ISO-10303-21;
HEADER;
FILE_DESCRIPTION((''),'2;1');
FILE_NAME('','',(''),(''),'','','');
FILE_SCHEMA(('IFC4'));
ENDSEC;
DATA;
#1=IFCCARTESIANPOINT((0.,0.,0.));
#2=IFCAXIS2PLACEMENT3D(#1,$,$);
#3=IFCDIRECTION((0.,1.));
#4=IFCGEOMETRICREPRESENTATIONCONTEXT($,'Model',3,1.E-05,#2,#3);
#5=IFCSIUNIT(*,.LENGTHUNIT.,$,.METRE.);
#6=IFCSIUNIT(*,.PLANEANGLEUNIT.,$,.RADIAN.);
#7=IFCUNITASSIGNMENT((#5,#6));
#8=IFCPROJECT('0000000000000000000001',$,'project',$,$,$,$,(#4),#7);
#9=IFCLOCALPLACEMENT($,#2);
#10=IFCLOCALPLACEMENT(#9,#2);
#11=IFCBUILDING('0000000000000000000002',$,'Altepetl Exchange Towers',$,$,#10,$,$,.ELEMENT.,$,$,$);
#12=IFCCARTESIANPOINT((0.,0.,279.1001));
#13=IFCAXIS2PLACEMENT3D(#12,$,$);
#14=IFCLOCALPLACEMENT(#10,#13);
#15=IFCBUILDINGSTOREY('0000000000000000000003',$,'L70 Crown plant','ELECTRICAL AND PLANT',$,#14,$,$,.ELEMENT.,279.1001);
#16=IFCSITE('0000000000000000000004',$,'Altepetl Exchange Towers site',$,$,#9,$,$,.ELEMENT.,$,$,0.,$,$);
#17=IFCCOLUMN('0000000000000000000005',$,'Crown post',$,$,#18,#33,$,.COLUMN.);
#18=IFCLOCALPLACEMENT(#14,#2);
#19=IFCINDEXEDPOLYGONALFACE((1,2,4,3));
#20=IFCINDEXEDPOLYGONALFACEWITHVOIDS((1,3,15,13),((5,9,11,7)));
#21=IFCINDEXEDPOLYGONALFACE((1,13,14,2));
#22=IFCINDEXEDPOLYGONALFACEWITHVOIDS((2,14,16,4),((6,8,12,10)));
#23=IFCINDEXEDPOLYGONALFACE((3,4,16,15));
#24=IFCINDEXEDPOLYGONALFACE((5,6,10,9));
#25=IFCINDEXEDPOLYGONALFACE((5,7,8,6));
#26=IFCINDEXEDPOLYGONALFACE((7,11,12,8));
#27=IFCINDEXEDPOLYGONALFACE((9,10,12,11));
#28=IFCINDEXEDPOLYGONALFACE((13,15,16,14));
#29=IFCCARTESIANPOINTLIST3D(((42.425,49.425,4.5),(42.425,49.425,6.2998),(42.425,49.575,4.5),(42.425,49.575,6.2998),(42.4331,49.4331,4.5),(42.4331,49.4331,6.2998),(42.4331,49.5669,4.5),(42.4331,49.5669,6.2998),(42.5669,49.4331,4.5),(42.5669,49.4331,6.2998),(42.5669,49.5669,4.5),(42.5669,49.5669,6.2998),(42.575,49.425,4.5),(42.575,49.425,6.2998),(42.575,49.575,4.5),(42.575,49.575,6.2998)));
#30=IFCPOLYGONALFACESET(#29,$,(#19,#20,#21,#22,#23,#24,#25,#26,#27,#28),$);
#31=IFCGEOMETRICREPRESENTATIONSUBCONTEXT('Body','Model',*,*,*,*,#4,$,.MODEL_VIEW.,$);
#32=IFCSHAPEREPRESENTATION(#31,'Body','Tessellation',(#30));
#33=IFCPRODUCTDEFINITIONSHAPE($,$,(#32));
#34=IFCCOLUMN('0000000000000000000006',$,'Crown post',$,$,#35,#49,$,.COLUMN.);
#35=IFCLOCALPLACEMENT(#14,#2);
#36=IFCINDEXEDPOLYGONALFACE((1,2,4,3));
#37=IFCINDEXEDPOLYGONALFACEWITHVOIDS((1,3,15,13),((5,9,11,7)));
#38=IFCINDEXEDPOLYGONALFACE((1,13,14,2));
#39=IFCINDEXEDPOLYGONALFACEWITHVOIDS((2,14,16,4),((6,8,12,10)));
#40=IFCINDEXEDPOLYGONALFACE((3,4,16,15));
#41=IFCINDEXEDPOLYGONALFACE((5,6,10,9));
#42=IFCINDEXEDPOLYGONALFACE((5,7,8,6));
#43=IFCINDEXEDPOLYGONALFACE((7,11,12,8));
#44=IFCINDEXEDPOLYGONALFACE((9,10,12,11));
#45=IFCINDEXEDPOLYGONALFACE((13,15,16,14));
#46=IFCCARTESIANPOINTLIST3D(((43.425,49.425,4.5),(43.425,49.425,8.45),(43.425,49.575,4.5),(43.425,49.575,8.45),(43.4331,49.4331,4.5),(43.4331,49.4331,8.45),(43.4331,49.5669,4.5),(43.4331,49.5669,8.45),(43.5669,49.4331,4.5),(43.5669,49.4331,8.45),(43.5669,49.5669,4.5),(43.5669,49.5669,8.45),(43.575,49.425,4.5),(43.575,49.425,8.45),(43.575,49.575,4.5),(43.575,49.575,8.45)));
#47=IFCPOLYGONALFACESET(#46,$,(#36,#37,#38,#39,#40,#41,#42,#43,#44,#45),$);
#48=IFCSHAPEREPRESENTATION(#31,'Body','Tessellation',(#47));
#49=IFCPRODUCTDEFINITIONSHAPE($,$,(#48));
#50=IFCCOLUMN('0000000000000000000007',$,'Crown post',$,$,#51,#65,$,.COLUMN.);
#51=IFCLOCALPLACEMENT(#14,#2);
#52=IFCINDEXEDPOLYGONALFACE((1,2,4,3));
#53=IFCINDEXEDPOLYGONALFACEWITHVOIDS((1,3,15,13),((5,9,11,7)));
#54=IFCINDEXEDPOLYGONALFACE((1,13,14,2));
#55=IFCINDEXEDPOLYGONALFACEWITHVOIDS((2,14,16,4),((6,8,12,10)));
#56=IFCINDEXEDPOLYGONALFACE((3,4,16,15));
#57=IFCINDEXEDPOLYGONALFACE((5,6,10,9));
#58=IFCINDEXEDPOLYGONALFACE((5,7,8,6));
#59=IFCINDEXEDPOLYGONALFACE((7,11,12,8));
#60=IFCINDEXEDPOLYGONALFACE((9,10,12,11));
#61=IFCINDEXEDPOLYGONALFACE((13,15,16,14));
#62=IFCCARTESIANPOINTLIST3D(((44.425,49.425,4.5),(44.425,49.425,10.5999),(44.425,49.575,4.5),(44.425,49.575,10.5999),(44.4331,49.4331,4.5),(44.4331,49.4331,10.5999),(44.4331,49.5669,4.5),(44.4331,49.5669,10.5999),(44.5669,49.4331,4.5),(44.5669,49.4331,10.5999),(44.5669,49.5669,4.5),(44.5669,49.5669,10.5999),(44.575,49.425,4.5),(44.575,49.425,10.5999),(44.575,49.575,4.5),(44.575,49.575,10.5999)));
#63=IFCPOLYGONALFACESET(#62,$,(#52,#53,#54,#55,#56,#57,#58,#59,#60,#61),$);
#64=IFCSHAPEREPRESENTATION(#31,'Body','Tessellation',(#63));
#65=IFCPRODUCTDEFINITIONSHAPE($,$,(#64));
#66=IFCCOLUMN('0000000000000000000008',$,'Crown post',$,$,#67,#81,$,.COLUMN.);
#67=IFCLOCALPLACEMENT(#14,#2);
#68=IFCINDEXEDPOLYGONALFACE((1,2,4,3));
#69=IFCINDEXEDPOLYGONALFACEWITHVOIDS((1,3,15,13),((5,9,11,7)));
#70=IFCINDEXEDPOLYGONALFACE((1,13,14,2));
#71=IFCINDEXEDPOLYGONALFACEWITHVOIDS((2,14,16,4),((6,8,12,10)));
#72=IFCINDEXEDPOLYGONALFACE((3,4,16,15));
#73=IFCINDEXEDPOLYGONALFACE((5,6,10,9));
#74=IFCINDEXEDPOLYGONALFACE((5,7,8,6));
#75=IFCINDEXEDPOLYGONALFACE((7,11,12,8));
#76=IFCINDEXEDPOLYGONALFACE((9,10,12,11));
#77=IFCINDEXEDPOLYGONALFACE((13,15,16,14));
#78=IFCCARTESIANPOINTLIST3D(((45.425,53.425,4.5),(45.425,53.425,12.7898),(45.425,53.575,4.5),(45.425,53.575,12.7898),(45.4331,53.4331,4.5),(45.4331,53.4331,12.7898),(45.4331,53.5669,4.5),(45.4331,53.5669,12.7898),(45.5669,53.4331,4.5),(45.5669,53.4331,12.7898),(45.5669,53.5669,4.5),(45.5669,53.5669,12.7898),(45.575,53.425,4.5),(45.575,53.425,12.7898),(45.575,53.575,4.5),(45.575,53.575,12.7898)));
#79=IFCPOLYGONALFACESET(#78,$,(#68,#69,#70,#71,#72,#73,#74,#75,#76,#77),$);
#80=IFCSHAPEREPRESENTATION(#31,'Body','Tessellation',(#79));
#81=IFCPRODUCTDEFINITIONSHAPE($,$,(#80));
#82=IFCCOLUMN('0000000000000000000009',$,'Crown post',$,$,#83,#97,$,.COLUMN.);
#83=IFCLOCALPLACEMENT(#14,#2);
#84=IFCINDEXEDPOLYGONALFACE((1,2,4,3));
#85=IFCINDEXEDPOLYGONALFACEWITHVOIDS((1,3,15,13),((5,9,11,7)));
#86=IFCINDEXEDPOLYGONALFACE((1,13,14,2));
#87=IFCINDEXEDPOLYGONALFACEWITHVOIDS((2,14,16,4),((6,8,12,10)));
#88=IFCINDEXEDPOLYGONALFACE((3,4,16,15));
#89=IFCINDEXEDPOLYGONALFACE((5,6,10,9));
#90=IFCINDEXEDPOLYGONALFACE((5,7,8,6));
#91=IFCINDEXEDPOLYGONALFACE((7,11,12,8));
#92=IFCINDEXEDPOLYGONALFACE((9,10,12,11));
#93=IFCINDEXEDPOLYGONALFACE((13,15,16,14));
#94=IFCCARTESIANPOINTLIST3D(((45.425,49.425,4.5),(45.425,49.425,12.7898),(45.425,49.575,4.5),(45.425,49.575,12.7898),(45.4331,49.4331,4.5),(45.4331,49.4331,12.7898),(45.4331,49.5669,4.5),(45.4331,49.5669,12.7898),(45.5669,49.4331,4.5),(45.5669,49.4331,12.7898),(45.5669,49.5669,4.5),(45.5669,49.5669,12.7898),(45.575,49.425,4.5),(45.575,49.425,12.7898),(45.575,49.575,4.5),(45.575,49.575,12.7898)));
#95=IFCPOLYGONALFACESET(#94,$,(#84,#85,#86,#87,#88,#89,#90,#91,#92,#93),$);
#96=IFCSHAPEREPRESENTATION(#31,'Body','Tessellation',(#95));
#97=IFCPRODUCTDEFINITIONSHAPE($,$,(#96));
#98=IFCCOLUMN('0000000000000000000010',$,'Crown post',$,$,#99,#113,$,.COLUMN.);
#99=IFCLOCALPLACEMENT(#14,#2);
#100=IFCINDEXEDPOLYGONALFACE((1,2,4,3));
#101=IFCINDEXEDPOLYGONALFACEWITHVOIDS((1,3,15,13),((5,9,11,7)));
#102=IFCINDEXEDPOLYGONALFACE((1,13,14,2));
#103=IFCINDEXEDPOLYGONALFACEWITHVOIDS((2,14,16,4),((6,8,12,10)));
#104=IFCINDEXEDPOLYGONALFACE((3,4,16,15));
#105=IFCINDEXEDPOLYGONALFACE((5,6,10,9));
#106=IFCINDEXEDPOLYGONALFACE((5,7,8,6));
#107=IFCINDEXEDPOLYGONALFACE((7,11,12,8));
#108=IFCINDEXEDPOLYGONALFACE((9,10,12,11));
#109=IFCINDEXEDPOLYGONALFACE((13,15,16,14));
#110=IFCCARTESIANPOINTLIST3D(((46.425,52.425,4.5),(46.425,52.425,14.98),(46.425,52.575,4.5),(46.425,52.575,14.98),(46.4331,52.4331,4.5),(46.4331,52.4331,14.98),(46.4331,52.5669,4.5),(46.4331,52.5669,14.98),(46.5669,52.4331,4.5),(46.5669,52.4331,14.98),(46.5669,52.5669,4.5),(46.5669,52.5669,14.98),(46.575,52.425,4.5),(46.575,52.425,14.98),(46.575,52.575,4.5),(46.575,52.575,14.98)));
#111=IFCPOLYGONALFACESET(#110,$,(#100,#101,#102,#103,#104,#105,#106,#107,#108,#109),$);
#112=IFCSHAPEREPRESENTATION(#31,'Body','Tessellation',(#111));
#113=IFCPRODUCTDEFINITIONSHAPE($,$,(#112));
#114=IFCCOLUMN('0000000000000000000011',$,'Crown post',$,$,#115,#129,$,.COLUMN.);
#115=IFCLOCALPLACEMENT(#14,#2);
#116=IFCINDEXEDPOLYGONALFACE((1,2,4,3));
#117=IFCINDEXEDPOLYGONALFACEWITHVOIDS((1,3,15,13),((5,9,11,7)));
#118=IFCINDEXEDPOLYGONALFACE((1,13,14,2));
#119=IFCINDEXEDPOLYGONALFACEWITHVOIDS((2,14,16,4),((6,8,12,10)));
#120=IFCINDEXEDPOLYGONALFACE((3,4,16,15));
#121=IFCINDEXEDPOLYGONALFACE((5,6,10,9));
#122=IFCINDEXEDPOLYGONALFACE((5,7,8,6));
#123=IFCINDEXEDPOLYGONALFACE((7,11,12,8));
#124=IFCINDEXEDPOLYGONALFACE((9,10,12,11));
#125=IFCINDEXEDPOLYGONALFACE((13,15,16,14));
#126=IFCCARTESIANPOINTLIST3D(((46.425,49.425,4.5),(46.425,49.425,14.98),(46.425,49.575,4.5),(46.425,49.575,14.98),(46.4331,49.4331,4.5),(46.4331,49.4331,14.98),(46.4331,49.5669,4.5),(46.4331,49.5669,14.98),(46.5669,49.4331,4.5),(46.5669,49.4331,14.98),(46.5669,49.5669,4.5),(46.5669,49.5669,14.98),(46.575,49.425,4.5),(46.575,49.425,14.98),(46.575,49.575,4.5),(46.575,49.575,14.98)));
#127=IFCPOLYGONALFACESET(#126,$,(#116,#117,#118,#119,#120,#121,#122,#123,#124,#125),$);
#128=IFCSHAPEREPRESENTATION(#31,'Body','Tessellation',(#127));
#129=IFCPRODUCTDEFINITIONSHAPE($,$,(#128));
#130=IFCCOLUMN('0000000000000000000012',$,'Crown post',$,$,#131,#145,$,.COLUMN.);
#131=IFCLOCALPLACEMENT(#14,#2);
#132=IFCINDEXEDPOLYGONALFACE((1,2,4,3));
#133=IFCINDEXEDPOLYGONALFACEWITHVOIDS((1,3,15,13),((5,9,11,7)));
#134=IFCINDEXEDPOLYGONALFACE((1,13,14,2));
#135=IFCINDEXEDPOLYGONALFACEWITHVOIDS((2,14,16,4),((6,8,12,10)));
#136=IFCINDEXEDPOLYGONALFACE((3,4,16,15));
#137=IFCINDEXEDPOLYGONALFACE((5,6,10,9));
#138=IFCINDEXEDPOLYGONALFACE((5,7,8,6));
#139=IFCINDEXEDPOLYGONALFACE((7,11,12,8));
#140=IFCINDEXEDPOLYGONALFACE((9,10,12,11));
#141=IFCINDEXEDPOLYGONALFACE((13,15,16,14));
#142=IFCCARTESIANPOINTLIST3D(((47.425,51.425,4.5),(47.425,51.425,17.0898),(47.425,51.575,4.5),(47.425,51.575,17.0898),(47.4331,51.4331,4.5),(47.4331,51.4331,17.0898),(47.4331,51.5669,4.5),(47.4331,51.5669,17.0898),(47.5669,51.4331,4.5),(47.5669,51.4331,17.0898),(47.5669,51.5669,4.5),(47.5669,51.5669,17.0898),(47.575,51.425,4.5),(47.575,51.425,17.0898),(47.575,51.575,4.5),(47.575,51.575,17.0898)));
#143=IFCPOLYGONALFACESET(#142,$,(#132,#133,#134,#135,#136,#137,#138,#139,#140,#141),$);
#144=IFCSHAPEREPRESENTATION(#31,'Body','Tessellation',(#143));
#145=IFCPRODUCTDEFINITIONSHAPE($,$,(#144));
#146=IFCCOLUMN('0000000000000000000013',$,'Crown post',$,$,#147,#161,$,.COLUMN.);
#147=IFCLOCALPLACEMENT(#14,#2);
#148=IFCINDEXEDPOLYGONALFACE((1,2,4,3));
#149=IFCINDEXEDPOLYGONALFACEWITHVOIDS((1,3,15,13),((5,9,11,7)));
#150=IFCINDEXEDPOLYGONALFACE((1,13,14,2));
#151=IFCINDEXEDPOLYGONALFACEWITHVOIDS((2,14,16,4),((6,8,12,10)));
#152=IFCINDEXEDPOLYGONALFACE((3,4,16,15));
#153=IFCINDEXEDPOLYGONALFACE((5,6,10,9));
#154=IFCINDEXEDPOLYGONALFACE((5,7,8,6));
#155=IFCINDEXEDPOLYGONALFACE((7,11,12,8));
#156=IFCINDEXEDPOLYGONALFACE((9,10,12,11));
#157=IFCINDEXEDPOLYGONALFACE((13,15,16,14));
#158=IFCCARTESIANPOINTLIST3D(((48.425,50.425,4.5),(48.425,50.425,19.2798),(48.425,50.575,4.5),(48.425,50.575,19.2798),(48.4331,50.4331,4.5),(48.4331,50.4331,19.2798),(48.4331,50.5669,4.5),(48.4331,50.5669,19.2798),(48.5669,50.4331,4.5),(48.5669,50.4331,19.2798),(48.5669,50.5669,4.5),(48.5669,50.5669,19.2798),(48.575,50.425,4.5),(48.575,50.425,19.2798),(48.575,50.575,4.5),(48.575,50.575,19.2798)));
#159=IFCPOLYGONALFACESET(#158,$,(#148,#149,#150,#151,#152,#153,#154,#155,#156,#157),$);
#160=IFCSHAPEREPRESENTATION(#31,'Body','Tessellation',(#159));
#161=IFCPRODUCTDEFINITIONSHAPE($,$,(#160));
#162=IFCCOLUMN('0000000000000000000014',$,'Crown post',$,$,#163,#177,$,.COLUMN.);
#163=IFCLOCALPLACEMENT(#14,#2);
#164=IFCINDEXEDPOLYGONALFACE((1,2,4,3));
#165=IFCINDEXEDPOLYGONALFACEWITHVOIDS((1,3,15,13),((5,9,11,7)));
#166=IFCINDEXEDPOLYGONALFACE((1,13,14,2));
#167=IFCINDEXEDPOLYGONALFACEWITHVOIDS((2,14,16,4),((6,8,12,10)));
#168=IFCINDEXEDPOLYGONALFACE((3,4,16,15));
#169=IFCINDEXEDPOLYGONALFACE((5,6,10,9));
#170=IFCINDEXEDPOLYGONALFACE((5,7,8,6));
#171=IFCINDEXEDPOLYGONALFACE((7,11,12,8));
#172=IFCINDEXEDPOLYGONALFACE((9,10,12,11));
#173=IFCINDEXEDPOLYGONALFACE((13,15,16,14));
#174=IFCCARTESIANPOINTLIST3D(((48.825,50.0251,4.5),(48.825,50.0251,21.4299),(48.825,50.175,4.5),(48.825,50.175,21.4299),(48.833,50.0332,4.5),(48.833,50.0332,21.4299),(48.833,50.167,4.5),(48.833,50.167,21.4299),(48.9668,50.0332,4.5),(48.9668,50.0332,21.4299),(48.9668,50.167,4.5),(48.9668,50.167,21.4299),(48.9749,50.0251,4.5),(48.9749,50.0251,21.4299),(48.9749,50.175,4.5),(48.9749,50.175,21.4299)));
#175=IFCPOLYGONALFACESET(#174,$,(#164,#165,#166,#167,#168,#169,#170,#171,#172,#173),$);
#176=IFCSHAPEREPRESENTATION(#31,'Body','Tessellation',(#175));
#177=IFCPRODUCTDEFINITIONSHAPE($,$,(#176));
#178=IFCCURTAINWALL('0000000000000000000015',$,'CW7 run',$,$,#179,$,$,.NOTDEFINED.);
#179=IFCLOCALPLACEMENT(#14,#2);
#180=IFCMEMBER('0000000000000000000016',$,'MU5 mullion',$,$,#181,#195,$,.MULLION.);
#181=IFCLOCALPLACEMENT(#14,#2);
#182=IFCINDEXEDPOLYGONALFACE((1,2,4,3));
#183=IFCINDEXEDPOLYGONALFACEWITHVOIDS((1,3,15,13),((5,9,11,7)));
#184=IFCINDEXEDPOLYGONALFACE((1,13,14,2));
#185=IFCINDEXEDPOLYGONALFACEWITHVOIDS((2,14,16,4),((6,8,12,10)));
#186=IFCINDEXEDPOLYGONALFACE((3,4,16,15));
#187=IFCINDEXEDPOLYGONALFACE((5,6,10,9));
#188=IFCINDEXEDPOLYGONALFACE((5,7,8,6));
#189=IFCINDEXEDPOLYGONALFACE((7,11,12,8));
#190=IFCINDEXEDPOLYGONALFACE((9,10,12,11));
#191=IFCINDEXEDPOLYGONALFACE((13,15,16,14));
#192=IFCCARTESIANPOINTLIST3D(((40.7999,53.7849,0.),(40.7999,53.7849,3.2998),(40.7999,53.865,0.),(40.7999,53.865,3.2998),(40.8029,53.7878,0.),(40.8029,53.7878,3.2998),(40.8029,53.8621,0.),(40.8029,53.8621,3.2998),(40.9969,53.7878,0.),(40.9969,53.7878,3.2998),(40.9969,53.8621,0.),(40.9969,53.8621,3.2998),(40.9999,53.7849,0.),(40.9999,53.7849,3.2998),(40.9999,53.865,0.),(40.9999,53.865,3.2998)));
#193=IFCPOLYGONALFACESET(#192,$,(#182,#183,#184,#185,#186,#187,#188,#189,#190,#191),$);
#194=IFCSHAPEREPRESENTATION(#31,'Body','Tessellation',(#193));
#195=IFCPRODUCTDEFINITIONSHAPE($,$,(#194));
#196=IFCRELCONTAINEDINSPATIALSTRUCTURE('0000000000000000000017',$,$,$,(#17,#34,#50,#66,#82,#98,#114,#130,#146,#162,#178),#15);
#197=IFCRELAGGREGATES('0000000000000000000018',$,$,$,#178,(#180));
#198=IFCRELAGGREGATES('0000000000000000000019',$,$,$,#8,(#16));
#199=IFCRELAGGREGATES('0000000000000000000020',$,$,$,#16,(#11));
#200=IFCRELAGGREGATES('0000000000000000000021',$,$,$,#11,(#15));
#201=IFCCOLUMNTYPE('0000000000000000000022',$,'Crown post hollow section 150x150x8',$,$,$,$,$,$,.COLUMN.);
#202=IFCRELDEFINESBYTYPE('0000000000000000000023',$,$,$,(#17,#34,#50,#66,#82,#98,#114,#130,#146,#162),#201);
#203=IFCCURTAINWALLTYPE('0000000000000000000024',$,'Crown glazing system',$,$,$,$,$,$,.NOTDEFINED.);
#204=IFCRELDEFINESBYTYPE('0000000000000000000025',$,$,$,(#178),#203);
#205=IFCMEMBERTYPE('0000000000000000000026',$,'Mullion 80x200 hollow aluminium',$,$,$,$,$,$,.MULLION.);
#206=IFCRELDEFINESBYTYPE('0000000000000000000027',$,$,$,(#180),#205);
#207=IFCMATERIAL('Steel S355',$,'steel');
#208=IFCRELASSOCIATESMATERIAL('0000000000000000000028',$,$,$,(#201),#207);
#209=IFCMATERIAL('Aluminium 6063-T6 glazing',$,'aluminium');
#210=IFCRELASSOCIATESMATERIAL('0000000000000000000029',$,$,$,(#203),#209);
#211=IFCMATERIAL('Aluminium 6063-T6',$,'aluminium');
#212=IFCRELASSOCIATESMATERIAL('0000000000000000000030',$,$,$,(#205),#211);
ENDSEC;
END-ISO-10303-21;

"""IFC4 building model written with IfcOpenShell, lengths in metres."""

from ifc_helpers import new_model, si_unit, direction, frame, origin, origin_2d, place, context, subcontext, project, spatial, hollow_rectangle, extrude, material, material_profile, profile_set, type_object, element, aggregate, save


model = new_model("IFC4")

# Units and contexts
model_context = context("Model", 3, precision=1e-05, world=origin(), true_north=direction((0.0, 1.0)))
body_context = subcontext(model_context, "Body", "Model", "MODEL_VIEW")
ifc_project = project(units=[si_unit("LENGTHUNIT", "METRE"), si_unit("PLANEANGLEUNIT", "RADIAN")], contexts=[model_context])

# Site, building, storey
site_placement = place(None, origin())
site = spatial("IfcSite", under=ifc_project, at=site_placement, Name="Altepetl Exchange Towers site", CompositionType="ELEMENT", RefElevation=0.0)
building_placement = place(site_placement, origin())
building = spatial("IfcBuilding", under=site, at=building_placement, Name="Altepetl Exchange Towers", CompositionType="ELEMENT")
storey_placement = place(building_placement, frame((0.0, 0.0, 279.1001)))
storey = spatial("IfcBuildingStorey", under=building, at=storey_placement, Name="L70 Crown plant", Description="ELECTRICAL AND PLANT", CompositionType="ELEMENT", Elevation=279.1001)

# Columns
ifc_material_1 = material(Name="Steel S355", Category="steel")
ifc_material_profile_1 = material_profile(ifc_material_1, hollow_rectangle(XDim=0.1499, YDim=0.1499, WallThickness=0.0081, at=origin_2d()), Name="RHS 150x150x8")
ifc_profile_set_1 = profile_set([ifc_material_profile_1], Name="Steel S355")
column_type = type_object("IfcColumnType", Name="Crown post hollow section 150x150x8", PredefinedType="COLUMN", material=ifc_profile_set_1)
column_1_placement = place(storey_placement, frame((42.5, 49.5, 4.5)))
element("IfcColumn", 1, at=column_1_placement, inside=storey, type_object=column_type, Name="Crown post", PredefinedType="COLUMN", context=body_context, shape_type="SweptSolid", body=[
    extrude(hollow_rectangle(XDim=0.1499, YDim=0.1499, WallThickness=0.0081, at=origin_2d()), origin(), (0.0, 0.0, 1.0), 1.7998),
])
column_2_placement = place(storey_placement, frame((43.5, 49.5, 4.5)))
element("IfcColumn", 2, at=column_2_placement, inside=storey, type_object=column_type, Name="Crown post", PredefinedType="COLUMN", context=body_context, shape_type="SweptSolid", body=[
    extrude(hollow_rectangle(XDim=0.1499, YDim=0.1499, WallThickness=0.0081, at=origin_2d()), origin(), (0.0, 0.0, 1.0), 3.95),
])
column_3_placement = place(storey_placement, frame((44.5, 49.5, 4.5)))
element("IfcColumn", 3, at=column_3_placement, inside=storey, type_object=column_type, Name="Crown post", PredefinedType="COLUMN", context=body_context, shape_type="SweptSolid", body=[
    extrude(hollow_rectangle(XDim=0.1499, YDim=0.1499, WallThickness=0.0081, at=origin_2d()), origin(), (0.0, 0.0, 1.0), 6.0999),
])
for number, where, name in (
    (4, (45.5, 53.5, 4.5), "Crown post"),
    (5, (45.5, 49.5, 4.5), "Crown post"),
):
    element("IfcColumn", number, at=place(storey_placement, frame(where)), inside=storey, type_object=column_type, Name=name, PredefinedType="COLUMN", context=body_context, shape_type="SweptSolid", body=[
        extrude(hollow_rectangle(XDim=0.1499, YDim=0.1499, WallThickness=0.0081, at=origin_2d()), origin(), (0.0, 0.0, 1.0), 8.2898),
    ])
for number, where, name in (
    (6, (46.5, 52.5, 4.5), "Crown post"),
    (7, (46.5, 49.5, 4.5), "Crown post"),
):
    element("IfcColumn", number, at=place(storey_placement, frame(where)), inside=storey, type_object=column_type, Name=name, PredefinedType="COLUMN", context=body_context, shape_type="SweptSolid", body=[
        extrude(hollow_rectangle(XDim=0.1499, YDim=0.1499, WallThickness=0.0081, at=origin_2d()), origin(), (0.0, 0.0, 1.0), 10.48),
    ])
column_4_placement = place(storey_placement, frame((47.5, 51.5, 4.5)))
element("IfcColumn", 8, at=column_4_placement, inside=storey, type_object=column_type, Name="Crown post", PredefinedType="COLUMN", context=body_context, shape_type="SweptSolid", body=[
    extrude(hollow_rectangle(XDim=0.1499, YDim=0.1499, WallThickness=0.0081, at=origin_2d()), origin(), (0.0, 0.0, 1.0), 12.5898),
])
column_5_placement = place(storey_placement, frame((48.5, 50.5, 4.5)))
element("IfcColumn", 9, at=column_5_placement, inside=storey, type_object=column_type, Name="Crown post", PredefinedType="COLUMN", context=body_context, shape_type="SweptSolid", body=[
    extrude(hollow_rectangle(XDim=0.1499, YDim=0.1499, WallThickness=0.0081, at=origin_2d()), origin(), (0.0, 0.0, 1.0), 14.7798),
])
column_6_placement = place(storey_placement, frame((48.8999, 50.1001, 4.5)))
element("IfcColumn", 10, at=column_6_placement, inside=storey, type_object=column_type, Name="Crown post", PredefinedType="COLUMN", context=body_context, shape_type="SweptSolid", body=[
    extrude(hollow_rectangle(XDim=0.1499, YDim=0.1499, WallThickness=0.0081, at=origin_2d()), origin(), (0.0, 0.0, 1.0), 16.9299),
])

# Curtain wall, member
ifc_material_2 = material(Name="Aluminium 6063-T6 glazing", Category="aluminium")
curtain_wall_type = type_object("IfcCurtainWallType", Name="Crown glazing system", PredefinedType="NOTDEFINED", material=ifc_material_2)
curtain_wall_1_placement = place(storey_placement, origin())
curtain_wall_1 = element("IfcCurtainWall", 11, at=curtain_wall_1_placement, inside=storey, type_object=curtain_wall_type, Name="CW7 run", PredefinedType="NOTDEFINED")
ifc_material_3 = material(Name="Aluminium 6063-T6", Category="aluminium")
ifc_material_profile_2 = material_profile(ifc_material_3, hollow_rectangle(XDim=0.0801, YDim=0.2, WallThickness=0.0029, at=origin_2d()), Name="Mullion 80x200 hollow aluminium")
ifc_profile_set_2 = profile_set([ifc_material_profile_2], Name="Aluminium 6063-T6")
member_type = type_object("IfcMemberType", Name="Mullion 80x200 hollow aluminium", PredefinedType="MULLION", material=ifc_profile_set_2)
member_1_placement = place(storey_placement, frame((40.8999, 53.825, 0.0), z_axis=(0.0, 0.0, 1.0), x_axis=(0.0, -1.0, 0.0)))
member_1 = element("IfcMember", 12, at=member_1_placement, type_object=member_type, Name="MU5 mullion", PredefinedType="MULLION", context=body_context, shape_type="SweptSolid", body=[
    extrude(hollow_rectangle(XDim=0.0801, YDim=0.2, WallThickness=0.0029, at=origin_2d()), origin(), (0.0, 0.0, 1.0), 3.2998),
])

aggregate(curtain_wall_1, [member_1])

save(model, "model.ifc")
